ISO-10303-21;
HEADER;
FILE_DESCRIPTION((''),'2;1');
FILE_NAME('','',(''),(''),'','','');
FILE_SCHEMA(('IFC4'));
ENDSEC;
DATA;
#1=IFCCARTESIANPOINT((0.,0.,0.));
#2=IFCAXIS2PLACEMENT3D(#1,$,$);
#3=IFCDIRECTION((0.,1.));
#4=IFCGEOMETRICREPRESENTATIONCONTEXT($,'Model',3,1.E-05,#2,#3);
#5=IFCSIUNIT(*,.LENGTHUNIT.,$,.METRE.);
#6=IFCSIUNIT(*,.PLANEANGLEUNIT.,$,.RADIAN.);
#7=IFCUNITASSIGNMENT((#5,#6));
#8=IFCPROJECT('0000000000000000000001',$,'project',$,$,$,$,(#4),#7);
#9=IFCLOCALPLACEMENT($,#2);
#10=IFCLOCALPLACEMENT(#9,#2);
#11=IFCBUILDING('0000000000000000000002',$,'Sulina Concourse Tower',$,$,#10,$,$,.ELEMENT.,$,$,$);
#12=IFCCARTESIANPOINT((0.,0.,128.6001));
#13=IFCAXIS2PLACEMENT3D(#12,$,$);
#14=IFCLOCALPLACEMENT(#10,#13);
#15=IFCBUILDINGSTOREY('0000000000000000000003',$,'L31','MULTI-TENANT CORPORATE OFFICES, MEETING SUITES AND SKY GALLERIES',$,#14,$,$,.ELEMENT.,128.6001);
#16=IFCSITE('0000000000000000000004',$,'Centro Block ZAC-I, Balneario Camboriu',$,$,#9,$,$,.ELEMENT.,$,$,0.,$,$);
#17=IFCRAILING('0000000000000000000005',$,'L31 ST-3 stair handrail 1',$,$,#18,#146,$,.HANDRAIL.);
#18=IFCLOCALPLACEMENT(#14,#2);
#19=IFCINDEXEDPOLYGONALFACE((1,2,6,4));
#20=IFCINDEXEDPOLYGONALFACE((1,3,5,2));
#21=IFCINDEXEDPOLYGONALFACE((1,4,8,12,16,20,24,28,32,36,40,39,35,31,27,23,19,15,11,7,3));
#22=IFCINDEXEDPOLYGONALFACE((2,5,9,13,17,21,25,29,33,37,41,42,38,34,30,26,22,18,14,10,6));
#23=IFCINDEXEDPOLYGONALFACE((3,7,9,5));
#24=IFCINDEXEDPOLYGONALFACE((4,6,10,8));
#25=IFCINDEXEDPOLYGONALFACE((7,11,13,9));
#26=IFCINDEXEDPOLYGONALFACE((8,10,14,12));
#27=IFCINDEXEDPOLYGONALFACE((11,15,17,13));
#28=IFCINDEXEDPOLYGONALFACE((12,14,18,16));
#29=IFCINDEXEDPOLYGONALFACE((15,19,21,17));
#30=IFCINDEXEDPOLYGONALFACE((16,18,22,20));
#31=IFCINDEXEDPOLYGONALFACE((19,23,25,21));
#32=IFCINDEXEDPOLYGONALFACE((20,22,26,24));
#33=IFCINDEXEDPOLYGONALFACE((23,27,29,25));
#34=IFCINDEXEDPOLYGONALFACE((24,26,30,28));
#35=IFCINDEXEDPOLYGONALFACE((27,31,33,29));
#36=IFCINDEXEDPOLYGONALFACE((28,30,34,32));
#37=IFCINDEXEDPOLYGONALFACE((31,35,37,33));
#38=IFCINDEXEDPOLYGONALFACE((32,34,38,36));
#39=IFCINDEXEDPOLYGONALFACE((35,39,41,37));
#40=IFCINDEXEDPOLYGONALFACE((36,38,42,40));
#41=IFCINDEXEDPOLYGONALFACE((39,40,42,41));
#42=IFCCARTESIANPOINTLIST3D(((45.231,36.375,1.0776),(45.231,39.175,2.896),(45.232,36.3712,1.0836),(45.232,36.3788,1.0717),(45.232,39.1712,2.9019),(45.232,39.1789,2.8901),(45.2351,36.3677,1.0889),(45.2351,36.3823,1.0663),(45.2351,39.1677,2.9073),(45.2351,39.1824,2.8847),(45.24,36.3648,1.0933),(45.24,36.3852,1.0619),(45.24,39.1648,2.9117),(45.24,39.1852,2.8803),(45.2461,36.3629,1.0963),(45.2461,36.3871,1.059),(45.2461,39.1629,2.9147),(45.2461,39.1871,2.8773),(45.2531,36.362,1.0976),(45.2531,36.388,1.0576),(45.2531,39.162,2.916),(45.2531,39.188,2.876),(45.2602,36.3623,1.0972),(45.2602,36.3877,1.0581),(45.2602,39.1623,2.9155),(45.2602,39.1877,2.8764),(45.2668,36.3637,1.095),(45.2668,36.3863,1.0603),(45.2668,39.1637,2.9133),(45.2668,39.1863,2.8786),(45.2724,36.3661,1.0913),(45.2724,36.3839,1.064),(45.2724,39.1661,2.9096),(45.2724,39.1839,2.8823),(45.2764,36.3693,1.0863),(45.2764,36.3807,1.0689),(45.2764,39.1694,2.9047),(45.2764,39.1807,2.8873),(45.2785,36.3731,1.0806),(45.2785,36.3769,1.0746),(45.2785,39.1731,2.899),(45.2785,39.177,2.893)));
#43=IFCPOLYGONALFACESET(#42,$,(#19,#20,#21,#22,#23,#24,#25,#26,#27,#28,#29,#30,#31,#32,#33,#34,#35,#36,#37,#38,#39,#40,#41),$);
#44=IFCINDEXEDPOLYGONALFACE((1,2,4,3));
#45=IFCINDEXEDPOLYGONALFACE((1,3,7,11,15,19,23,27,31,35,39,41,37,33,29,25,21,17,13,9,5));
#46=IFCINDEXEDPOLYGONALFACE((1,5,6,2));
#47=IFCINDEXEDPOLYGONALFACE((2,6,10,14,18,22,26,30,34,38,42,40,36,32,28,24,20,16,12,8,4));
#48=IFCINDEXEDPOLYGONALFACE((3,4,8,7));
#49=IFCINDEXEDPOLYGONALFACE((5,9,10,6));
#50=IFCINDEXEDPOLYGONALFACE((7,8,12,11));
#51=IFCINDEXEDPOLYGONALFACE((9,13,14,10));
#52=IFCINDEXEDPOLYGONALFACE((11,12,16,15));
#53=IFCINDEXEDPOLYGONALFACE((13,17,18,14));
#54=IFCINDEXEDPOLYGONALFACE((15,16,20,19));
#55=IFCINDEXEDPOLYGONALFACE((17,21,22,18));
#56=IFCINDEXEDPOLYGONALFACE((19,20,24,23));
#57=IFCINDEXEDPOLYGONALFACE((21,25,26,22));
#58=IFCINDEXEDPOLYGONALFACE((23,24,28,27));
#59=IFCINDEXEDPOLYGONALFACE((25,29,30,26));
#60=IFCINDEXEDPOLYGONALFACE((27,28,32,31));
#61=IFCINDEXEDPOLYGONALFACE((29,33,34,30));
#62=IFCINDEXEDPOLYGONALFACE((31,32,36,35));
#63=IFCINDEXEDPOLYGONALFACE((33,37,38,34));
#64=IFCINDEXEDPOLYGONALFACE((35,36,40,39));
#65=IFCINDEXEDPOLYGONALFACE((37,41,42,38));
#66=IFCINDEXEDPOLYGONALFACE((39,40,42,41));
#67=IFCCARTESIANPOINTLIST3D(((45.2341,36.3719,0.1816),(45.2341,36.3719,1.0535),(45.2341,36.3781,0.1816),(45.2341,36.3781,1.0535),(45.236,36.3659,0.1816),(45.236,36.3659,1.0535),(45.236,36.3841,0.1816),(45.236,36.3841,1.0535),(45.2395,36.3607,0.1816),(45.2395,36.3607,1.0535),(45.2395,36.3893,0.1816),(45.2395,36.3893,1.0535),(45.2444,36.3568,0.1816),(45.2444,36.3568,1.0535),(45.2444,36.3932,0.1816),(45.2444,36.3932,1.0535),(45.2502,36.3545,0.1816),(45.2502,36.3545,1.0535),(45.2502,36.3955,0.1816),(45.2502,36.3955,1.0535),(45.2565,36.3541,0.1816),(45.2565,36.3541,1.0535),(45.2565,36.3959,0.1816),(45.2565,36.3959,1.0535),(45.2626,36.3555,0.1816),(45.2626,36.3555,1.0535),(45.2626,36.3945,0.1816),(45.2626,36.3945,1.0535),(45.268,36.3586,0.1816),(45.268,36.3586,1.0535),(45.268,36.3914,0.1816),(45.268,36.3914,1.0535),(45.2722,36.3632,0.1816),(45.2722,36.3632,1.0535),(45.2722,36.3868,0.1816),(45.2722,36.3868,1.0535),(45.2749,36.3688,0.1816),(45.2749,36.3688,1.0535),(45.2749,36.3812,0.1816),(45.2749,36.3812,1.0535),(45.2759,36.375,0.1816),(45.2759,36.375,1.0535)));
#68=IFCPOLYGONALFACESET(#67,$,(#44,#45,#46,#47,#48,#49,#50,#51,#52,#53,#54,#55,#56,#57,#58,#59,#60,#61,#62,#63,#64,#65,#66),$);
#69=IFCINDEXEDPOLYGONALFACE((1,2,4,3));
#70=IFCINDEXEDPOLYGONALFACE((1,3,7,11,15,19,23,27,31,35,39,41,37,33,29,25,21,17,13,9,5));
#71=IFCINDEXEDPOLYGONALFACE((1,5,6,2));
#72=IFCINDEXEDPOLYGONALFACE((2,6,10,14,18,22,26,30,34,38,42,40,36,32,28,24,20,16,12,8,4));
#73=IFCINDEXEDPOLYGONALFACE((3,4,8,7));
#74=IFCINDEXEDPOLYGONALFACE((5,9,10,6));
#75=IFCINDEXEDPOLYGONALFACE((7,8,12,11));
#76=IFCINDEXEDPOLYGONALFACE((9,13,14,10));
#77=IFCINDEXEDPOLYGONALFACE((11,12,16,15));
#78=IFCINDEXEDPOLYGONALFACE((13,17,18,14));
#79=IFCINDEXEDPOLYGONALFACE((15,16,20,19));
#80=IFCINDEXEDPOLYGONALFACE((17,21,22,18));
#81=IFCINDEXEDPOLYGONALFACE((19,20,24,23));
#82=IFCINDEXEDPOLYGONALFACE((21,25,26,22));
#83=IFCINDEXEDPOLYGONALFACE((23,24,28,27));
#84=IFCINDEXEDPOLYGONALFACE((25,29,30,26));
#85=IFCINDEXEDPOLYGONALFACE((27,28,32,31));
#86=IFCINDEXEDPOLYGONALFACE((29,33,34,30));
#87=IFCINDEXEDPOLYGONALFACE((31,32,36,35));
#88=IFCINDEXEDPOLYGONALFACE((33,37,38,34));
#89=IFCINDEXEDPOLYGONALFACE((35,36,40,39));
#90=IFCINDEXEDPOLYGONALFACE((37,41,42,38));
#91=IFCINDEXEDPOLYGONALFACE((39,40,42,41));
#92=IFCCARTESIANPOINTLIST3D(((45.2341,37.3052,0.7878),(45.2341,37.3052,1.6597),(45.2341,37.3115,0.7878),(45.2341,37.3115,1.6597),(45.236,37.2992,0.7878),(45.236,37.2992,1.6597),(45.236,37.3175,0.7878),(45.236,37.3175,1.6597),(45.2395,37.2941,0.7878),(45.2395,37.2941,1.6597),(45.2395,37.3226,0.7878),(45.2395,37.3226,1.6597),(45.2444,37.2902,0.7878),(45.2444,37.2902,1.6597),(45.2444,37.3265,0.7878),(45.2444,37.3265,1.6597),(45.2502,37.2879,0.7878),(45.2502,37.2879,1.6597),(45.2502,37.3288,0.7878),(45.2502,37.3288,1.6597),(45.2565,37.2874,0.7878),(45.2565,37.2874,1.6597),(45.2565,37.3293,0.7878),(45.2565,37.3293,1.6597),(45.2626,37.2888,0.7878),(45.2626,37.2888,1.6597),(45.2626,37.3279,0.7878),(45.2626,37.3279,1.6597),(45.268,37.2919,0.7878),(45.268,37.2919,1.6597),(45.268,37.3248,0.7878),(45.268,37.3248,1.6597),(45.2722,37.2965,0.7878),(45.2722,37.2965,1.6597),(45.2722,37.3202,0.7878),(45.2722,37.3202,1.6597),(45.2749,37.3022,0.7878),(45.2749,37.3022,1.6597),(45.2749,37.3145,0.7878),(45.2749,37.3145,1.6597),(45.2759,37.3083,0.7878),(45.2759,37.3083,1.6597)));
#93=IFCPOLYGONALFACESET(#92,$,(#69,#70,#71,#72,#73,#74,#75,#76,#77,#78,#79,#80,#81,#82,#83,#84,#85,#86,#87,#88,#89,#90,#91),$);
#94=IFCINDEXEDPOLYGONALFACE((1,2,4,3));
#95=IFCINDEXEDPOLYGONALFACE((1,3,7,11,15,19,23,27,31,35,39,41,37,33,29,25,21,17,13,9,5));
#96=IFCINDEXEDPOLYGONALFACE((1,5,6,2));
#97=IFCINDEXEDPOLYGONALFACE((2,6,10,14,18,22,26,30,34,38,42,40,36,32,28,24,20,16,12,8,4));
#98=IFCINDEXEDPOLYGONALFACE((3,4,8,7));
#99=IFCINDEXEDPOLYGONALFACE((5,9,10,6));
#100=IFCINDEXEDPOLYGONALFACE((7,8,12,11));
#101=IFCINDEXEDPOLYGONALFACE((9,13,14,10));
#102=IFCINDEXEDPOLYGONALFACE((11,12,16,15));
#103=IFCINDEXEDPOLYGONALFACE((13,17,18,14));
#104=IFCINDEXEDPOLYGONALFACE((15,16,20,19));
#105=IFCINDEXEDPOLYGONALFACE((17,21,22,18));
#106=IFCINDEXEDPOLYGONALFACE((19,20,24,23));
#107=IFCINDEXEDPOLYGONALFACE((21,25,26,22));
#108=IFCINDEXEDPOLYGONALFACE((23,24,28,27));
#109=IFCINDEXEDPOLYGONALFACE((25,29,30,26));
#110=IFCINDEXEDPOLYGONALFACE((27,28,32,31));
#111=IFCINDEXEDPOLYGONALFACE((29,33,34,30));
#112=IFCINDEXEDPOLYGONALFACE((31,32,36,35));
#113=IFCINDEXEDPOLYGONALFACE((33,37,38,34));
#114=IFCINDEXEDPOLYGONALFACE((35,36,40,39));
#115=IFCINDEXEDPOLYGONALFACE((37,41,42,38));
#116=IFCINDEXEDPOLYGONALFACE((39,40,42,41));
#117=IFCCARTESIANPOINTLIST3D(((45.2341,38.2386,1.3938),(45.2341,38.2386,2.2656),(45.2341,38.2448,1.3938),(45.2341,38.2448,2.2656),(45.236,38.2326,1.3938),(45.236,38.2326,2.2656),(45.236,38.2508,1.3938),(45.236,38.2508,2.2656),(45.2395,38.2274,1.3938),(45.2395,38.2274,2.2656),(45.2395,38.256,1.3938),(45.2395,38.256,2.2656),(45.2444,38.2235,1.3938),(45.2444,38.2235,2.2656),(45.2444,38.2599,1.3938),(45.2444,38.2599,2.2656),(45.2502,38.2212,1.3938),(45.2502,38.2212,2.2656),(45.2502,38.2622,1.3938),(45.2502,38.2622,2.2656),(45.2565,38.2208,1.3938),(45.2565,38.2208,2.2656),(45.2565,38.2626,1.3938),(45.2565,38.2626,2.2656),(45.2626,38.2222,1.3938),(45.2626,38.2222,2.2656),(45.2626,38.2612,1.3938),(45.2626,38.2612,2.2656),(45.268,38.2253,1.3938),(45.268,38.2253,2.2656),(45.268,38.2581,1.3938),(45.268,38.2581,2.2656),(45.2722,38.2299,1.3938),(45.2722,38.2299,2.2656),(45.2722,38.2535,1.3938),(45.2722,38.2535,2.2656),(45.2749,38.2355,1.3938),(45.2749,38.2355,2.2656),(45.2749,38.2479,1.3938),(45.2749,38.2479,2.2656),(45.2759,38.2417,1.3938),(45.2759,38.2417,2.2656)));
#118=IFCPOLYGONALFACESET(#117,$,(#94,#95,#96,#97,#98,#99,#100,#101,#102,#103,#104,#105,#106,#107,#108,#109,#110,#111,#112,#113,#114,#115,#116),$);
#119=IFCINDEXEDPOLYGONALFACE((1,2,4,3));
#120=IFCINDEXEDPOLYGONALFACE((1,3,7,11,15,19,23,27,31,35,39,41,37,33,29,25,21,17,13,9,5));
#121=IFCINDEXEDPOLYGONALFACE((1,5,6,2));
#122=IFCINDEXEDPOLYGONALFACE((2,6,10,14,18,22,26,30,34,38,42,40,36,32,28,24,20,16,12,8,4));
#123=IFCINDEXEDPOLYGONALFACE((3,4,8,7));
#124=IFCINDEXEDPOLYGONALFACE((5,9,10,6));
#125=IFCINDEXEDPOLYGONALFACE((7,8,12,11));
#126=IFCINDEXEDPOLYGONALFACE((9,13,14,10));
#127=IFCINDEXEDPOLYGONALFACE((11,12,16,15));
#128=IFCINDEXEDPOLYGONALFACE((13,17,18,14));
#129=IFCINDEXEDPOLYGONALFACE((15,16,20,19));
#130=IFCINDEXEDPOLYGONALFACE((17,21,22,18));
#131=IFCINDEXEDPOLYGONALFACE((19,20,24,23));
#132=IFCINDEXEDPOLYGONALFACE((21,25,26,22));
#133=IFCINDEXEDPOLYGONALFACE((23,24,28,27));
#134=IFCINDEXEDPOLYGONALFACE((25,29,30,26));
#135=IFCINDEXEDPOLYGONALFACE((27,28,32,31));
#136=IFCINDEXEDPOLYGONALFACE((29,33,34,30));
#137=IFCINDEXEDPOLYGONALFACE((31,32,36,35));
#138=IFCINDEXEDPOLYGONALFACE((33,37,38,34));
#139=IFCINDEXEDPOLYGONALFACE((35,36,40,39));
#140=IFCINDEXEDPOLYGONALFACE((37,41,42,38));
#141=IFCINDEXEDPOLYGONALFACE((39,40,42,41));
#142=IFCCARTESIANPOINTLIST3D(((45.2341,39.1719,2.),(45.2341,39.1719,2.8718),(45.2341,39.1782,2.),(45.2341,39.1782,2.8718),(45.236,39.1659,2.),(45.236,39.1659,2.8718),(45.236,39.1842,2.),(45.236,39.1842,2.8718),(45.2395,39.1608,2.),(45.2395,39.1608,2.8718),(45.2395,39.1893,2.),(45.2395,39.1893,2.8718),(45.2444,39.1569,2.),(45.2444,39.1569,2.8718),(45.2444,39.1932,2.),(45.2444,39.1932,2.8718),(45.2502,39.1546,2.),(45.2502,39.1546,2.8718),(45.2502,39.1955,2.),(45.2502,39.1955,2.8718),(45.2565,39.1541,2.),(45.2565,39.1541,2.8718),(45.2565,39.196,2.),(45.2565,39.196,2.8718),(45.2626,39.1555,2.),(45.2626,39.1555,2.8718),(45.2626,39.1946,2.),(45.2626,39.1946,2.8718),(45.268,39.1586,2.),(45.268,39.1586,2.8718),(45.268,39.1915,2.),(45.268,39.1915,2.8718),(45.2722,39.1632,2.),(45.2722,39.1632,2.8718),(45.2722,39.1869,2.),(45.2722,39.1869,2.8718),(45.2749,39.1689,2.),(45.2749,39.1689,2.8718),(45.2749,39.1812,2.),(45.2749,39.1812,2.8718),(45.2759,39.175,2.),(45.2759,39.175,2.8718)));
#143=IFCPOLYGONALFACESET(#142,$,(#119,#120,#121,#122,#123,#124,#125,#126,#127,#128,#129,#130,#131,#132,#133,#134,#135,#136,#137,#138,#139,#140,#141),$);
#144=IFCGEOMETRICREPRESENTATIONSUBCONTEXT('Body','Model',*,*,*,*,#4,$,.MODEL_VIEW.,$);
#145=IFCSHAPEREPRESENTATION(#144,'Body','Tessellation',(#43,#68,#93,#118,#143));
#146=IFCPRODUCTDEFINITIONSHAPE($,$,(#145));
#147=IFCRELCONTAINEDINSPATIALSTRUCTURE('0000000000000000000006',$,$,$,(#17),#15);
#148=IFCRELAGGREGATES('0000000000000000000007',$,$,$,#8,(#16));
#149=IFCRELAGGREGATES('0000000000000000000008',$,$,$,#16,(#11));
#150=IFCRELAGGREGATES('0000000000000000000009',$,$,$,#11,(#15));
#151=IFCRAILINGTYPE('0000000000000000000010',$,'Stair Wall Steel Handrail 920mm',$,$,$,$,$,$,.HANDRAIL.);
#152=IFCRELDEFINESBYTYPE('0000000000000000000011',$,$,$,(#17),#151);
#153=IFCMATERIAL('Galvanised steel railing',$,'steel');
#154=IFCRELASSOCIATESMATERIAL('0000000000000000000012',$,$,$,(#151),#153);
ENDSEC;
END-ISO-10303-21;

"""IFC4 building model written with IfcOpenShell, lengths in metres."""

from ifc_helpers import new_model, si_unit, direction, frame, origin, origin_2d, place, context, subcontext, project, spatial, circle, extrude, material, type_object, element, save


model = new_model("IFC4")

# Units and contexts
model_context = context("Model", 3, precision=1e-05, world=origin(), true_north=direction((0.0, 1.0)))
body_context = subcontext(model_context, "Body", "Model", "MODEL_VIEW")
ifc_project = project(units=[si_unit("LENGTHUNIT", "METRE"), si_unit("PLANEANGLEUNIT", "RADIAN")], contexts=[model_context])

# Site, building, storey
site_placement = place(None, origin())
site = spatial("IfcSite", under=ifc_project, at=site_placement, Name="Centro Block ZAC-I, Balneario Camboriu", CompositionType="ELEMENT", RefElevation=0.0)
building_placement = place(site_placement, origin())
building = spatial("IfcBuilding", under=site, at=building_placement, Name="Sulina Concourse Tower", CompositionType="ELEMENT")
storey_placement = place(building_placement, frame((0.0, 0.0, 128.6001)))
storey = spatial("IfcBuildingStorey", under=building, at=storey_placement, Name="L31", Description="MULTI-TENANT CORPORATE OFFICES, MEETING SUITES AND SKY GALLERIES", CompositionType="ELEMENT", Elevation=128.6001)

# Railing
ifc_material_1 = material(Name="Galvanised steel railing", Category="steel")
railing_type_1 = type_object("IfcRailingType", Name="Stair Wall Steel Handrail 920mm", PredefinedType="HANDRAIL", material=ifc_material_1)
for number, where, name in (
    (1, (45.2549, 36.375, 0.1816), "L31 ST-3 stair handrail 1"),
):
    element("IfcRailing", number, at=place(storey_placement, frame(where)), inside=storey, type_object=railing_type_1, Name=name, PredefinedType="HANDRAIL", context=body_context, shape_type="SweptSolid", body=[
        extrude(circle(Radius=0.0239, at=origin_2d()), frame((0.0, 0.0, 0.896), z_axis=(0.0, 0.838672, 0.544636), x_axis=(-1.0, 0.0, 0.0)), (0.0, 0.0, 1.0), 3.3386),
        extrude(circle(Radius=0.021, at=origin_2d()), origin(), (0.0, 0.0, 1.0), 0.8718),
        extrude(circle(Radius=0.021, at=origin_2d()), frame((0.0, 0.9333, 0.6062)), (0.0, 0.0, 1.0), 0.8718),
        extrude(circle(Radius=0.021, at=origin_2d()), frame((0.0, 1.8667, 1.2122)), (0.0, 0.0, 1.0), 0.8718),
        extrude(circle(Radius=0.021, at=origin_2d()), frame((0.0, 2.8, 1.8184)), (0.0, 0.0, 1.0), 0.8718),
    ])

save(model, "model.ifc")
